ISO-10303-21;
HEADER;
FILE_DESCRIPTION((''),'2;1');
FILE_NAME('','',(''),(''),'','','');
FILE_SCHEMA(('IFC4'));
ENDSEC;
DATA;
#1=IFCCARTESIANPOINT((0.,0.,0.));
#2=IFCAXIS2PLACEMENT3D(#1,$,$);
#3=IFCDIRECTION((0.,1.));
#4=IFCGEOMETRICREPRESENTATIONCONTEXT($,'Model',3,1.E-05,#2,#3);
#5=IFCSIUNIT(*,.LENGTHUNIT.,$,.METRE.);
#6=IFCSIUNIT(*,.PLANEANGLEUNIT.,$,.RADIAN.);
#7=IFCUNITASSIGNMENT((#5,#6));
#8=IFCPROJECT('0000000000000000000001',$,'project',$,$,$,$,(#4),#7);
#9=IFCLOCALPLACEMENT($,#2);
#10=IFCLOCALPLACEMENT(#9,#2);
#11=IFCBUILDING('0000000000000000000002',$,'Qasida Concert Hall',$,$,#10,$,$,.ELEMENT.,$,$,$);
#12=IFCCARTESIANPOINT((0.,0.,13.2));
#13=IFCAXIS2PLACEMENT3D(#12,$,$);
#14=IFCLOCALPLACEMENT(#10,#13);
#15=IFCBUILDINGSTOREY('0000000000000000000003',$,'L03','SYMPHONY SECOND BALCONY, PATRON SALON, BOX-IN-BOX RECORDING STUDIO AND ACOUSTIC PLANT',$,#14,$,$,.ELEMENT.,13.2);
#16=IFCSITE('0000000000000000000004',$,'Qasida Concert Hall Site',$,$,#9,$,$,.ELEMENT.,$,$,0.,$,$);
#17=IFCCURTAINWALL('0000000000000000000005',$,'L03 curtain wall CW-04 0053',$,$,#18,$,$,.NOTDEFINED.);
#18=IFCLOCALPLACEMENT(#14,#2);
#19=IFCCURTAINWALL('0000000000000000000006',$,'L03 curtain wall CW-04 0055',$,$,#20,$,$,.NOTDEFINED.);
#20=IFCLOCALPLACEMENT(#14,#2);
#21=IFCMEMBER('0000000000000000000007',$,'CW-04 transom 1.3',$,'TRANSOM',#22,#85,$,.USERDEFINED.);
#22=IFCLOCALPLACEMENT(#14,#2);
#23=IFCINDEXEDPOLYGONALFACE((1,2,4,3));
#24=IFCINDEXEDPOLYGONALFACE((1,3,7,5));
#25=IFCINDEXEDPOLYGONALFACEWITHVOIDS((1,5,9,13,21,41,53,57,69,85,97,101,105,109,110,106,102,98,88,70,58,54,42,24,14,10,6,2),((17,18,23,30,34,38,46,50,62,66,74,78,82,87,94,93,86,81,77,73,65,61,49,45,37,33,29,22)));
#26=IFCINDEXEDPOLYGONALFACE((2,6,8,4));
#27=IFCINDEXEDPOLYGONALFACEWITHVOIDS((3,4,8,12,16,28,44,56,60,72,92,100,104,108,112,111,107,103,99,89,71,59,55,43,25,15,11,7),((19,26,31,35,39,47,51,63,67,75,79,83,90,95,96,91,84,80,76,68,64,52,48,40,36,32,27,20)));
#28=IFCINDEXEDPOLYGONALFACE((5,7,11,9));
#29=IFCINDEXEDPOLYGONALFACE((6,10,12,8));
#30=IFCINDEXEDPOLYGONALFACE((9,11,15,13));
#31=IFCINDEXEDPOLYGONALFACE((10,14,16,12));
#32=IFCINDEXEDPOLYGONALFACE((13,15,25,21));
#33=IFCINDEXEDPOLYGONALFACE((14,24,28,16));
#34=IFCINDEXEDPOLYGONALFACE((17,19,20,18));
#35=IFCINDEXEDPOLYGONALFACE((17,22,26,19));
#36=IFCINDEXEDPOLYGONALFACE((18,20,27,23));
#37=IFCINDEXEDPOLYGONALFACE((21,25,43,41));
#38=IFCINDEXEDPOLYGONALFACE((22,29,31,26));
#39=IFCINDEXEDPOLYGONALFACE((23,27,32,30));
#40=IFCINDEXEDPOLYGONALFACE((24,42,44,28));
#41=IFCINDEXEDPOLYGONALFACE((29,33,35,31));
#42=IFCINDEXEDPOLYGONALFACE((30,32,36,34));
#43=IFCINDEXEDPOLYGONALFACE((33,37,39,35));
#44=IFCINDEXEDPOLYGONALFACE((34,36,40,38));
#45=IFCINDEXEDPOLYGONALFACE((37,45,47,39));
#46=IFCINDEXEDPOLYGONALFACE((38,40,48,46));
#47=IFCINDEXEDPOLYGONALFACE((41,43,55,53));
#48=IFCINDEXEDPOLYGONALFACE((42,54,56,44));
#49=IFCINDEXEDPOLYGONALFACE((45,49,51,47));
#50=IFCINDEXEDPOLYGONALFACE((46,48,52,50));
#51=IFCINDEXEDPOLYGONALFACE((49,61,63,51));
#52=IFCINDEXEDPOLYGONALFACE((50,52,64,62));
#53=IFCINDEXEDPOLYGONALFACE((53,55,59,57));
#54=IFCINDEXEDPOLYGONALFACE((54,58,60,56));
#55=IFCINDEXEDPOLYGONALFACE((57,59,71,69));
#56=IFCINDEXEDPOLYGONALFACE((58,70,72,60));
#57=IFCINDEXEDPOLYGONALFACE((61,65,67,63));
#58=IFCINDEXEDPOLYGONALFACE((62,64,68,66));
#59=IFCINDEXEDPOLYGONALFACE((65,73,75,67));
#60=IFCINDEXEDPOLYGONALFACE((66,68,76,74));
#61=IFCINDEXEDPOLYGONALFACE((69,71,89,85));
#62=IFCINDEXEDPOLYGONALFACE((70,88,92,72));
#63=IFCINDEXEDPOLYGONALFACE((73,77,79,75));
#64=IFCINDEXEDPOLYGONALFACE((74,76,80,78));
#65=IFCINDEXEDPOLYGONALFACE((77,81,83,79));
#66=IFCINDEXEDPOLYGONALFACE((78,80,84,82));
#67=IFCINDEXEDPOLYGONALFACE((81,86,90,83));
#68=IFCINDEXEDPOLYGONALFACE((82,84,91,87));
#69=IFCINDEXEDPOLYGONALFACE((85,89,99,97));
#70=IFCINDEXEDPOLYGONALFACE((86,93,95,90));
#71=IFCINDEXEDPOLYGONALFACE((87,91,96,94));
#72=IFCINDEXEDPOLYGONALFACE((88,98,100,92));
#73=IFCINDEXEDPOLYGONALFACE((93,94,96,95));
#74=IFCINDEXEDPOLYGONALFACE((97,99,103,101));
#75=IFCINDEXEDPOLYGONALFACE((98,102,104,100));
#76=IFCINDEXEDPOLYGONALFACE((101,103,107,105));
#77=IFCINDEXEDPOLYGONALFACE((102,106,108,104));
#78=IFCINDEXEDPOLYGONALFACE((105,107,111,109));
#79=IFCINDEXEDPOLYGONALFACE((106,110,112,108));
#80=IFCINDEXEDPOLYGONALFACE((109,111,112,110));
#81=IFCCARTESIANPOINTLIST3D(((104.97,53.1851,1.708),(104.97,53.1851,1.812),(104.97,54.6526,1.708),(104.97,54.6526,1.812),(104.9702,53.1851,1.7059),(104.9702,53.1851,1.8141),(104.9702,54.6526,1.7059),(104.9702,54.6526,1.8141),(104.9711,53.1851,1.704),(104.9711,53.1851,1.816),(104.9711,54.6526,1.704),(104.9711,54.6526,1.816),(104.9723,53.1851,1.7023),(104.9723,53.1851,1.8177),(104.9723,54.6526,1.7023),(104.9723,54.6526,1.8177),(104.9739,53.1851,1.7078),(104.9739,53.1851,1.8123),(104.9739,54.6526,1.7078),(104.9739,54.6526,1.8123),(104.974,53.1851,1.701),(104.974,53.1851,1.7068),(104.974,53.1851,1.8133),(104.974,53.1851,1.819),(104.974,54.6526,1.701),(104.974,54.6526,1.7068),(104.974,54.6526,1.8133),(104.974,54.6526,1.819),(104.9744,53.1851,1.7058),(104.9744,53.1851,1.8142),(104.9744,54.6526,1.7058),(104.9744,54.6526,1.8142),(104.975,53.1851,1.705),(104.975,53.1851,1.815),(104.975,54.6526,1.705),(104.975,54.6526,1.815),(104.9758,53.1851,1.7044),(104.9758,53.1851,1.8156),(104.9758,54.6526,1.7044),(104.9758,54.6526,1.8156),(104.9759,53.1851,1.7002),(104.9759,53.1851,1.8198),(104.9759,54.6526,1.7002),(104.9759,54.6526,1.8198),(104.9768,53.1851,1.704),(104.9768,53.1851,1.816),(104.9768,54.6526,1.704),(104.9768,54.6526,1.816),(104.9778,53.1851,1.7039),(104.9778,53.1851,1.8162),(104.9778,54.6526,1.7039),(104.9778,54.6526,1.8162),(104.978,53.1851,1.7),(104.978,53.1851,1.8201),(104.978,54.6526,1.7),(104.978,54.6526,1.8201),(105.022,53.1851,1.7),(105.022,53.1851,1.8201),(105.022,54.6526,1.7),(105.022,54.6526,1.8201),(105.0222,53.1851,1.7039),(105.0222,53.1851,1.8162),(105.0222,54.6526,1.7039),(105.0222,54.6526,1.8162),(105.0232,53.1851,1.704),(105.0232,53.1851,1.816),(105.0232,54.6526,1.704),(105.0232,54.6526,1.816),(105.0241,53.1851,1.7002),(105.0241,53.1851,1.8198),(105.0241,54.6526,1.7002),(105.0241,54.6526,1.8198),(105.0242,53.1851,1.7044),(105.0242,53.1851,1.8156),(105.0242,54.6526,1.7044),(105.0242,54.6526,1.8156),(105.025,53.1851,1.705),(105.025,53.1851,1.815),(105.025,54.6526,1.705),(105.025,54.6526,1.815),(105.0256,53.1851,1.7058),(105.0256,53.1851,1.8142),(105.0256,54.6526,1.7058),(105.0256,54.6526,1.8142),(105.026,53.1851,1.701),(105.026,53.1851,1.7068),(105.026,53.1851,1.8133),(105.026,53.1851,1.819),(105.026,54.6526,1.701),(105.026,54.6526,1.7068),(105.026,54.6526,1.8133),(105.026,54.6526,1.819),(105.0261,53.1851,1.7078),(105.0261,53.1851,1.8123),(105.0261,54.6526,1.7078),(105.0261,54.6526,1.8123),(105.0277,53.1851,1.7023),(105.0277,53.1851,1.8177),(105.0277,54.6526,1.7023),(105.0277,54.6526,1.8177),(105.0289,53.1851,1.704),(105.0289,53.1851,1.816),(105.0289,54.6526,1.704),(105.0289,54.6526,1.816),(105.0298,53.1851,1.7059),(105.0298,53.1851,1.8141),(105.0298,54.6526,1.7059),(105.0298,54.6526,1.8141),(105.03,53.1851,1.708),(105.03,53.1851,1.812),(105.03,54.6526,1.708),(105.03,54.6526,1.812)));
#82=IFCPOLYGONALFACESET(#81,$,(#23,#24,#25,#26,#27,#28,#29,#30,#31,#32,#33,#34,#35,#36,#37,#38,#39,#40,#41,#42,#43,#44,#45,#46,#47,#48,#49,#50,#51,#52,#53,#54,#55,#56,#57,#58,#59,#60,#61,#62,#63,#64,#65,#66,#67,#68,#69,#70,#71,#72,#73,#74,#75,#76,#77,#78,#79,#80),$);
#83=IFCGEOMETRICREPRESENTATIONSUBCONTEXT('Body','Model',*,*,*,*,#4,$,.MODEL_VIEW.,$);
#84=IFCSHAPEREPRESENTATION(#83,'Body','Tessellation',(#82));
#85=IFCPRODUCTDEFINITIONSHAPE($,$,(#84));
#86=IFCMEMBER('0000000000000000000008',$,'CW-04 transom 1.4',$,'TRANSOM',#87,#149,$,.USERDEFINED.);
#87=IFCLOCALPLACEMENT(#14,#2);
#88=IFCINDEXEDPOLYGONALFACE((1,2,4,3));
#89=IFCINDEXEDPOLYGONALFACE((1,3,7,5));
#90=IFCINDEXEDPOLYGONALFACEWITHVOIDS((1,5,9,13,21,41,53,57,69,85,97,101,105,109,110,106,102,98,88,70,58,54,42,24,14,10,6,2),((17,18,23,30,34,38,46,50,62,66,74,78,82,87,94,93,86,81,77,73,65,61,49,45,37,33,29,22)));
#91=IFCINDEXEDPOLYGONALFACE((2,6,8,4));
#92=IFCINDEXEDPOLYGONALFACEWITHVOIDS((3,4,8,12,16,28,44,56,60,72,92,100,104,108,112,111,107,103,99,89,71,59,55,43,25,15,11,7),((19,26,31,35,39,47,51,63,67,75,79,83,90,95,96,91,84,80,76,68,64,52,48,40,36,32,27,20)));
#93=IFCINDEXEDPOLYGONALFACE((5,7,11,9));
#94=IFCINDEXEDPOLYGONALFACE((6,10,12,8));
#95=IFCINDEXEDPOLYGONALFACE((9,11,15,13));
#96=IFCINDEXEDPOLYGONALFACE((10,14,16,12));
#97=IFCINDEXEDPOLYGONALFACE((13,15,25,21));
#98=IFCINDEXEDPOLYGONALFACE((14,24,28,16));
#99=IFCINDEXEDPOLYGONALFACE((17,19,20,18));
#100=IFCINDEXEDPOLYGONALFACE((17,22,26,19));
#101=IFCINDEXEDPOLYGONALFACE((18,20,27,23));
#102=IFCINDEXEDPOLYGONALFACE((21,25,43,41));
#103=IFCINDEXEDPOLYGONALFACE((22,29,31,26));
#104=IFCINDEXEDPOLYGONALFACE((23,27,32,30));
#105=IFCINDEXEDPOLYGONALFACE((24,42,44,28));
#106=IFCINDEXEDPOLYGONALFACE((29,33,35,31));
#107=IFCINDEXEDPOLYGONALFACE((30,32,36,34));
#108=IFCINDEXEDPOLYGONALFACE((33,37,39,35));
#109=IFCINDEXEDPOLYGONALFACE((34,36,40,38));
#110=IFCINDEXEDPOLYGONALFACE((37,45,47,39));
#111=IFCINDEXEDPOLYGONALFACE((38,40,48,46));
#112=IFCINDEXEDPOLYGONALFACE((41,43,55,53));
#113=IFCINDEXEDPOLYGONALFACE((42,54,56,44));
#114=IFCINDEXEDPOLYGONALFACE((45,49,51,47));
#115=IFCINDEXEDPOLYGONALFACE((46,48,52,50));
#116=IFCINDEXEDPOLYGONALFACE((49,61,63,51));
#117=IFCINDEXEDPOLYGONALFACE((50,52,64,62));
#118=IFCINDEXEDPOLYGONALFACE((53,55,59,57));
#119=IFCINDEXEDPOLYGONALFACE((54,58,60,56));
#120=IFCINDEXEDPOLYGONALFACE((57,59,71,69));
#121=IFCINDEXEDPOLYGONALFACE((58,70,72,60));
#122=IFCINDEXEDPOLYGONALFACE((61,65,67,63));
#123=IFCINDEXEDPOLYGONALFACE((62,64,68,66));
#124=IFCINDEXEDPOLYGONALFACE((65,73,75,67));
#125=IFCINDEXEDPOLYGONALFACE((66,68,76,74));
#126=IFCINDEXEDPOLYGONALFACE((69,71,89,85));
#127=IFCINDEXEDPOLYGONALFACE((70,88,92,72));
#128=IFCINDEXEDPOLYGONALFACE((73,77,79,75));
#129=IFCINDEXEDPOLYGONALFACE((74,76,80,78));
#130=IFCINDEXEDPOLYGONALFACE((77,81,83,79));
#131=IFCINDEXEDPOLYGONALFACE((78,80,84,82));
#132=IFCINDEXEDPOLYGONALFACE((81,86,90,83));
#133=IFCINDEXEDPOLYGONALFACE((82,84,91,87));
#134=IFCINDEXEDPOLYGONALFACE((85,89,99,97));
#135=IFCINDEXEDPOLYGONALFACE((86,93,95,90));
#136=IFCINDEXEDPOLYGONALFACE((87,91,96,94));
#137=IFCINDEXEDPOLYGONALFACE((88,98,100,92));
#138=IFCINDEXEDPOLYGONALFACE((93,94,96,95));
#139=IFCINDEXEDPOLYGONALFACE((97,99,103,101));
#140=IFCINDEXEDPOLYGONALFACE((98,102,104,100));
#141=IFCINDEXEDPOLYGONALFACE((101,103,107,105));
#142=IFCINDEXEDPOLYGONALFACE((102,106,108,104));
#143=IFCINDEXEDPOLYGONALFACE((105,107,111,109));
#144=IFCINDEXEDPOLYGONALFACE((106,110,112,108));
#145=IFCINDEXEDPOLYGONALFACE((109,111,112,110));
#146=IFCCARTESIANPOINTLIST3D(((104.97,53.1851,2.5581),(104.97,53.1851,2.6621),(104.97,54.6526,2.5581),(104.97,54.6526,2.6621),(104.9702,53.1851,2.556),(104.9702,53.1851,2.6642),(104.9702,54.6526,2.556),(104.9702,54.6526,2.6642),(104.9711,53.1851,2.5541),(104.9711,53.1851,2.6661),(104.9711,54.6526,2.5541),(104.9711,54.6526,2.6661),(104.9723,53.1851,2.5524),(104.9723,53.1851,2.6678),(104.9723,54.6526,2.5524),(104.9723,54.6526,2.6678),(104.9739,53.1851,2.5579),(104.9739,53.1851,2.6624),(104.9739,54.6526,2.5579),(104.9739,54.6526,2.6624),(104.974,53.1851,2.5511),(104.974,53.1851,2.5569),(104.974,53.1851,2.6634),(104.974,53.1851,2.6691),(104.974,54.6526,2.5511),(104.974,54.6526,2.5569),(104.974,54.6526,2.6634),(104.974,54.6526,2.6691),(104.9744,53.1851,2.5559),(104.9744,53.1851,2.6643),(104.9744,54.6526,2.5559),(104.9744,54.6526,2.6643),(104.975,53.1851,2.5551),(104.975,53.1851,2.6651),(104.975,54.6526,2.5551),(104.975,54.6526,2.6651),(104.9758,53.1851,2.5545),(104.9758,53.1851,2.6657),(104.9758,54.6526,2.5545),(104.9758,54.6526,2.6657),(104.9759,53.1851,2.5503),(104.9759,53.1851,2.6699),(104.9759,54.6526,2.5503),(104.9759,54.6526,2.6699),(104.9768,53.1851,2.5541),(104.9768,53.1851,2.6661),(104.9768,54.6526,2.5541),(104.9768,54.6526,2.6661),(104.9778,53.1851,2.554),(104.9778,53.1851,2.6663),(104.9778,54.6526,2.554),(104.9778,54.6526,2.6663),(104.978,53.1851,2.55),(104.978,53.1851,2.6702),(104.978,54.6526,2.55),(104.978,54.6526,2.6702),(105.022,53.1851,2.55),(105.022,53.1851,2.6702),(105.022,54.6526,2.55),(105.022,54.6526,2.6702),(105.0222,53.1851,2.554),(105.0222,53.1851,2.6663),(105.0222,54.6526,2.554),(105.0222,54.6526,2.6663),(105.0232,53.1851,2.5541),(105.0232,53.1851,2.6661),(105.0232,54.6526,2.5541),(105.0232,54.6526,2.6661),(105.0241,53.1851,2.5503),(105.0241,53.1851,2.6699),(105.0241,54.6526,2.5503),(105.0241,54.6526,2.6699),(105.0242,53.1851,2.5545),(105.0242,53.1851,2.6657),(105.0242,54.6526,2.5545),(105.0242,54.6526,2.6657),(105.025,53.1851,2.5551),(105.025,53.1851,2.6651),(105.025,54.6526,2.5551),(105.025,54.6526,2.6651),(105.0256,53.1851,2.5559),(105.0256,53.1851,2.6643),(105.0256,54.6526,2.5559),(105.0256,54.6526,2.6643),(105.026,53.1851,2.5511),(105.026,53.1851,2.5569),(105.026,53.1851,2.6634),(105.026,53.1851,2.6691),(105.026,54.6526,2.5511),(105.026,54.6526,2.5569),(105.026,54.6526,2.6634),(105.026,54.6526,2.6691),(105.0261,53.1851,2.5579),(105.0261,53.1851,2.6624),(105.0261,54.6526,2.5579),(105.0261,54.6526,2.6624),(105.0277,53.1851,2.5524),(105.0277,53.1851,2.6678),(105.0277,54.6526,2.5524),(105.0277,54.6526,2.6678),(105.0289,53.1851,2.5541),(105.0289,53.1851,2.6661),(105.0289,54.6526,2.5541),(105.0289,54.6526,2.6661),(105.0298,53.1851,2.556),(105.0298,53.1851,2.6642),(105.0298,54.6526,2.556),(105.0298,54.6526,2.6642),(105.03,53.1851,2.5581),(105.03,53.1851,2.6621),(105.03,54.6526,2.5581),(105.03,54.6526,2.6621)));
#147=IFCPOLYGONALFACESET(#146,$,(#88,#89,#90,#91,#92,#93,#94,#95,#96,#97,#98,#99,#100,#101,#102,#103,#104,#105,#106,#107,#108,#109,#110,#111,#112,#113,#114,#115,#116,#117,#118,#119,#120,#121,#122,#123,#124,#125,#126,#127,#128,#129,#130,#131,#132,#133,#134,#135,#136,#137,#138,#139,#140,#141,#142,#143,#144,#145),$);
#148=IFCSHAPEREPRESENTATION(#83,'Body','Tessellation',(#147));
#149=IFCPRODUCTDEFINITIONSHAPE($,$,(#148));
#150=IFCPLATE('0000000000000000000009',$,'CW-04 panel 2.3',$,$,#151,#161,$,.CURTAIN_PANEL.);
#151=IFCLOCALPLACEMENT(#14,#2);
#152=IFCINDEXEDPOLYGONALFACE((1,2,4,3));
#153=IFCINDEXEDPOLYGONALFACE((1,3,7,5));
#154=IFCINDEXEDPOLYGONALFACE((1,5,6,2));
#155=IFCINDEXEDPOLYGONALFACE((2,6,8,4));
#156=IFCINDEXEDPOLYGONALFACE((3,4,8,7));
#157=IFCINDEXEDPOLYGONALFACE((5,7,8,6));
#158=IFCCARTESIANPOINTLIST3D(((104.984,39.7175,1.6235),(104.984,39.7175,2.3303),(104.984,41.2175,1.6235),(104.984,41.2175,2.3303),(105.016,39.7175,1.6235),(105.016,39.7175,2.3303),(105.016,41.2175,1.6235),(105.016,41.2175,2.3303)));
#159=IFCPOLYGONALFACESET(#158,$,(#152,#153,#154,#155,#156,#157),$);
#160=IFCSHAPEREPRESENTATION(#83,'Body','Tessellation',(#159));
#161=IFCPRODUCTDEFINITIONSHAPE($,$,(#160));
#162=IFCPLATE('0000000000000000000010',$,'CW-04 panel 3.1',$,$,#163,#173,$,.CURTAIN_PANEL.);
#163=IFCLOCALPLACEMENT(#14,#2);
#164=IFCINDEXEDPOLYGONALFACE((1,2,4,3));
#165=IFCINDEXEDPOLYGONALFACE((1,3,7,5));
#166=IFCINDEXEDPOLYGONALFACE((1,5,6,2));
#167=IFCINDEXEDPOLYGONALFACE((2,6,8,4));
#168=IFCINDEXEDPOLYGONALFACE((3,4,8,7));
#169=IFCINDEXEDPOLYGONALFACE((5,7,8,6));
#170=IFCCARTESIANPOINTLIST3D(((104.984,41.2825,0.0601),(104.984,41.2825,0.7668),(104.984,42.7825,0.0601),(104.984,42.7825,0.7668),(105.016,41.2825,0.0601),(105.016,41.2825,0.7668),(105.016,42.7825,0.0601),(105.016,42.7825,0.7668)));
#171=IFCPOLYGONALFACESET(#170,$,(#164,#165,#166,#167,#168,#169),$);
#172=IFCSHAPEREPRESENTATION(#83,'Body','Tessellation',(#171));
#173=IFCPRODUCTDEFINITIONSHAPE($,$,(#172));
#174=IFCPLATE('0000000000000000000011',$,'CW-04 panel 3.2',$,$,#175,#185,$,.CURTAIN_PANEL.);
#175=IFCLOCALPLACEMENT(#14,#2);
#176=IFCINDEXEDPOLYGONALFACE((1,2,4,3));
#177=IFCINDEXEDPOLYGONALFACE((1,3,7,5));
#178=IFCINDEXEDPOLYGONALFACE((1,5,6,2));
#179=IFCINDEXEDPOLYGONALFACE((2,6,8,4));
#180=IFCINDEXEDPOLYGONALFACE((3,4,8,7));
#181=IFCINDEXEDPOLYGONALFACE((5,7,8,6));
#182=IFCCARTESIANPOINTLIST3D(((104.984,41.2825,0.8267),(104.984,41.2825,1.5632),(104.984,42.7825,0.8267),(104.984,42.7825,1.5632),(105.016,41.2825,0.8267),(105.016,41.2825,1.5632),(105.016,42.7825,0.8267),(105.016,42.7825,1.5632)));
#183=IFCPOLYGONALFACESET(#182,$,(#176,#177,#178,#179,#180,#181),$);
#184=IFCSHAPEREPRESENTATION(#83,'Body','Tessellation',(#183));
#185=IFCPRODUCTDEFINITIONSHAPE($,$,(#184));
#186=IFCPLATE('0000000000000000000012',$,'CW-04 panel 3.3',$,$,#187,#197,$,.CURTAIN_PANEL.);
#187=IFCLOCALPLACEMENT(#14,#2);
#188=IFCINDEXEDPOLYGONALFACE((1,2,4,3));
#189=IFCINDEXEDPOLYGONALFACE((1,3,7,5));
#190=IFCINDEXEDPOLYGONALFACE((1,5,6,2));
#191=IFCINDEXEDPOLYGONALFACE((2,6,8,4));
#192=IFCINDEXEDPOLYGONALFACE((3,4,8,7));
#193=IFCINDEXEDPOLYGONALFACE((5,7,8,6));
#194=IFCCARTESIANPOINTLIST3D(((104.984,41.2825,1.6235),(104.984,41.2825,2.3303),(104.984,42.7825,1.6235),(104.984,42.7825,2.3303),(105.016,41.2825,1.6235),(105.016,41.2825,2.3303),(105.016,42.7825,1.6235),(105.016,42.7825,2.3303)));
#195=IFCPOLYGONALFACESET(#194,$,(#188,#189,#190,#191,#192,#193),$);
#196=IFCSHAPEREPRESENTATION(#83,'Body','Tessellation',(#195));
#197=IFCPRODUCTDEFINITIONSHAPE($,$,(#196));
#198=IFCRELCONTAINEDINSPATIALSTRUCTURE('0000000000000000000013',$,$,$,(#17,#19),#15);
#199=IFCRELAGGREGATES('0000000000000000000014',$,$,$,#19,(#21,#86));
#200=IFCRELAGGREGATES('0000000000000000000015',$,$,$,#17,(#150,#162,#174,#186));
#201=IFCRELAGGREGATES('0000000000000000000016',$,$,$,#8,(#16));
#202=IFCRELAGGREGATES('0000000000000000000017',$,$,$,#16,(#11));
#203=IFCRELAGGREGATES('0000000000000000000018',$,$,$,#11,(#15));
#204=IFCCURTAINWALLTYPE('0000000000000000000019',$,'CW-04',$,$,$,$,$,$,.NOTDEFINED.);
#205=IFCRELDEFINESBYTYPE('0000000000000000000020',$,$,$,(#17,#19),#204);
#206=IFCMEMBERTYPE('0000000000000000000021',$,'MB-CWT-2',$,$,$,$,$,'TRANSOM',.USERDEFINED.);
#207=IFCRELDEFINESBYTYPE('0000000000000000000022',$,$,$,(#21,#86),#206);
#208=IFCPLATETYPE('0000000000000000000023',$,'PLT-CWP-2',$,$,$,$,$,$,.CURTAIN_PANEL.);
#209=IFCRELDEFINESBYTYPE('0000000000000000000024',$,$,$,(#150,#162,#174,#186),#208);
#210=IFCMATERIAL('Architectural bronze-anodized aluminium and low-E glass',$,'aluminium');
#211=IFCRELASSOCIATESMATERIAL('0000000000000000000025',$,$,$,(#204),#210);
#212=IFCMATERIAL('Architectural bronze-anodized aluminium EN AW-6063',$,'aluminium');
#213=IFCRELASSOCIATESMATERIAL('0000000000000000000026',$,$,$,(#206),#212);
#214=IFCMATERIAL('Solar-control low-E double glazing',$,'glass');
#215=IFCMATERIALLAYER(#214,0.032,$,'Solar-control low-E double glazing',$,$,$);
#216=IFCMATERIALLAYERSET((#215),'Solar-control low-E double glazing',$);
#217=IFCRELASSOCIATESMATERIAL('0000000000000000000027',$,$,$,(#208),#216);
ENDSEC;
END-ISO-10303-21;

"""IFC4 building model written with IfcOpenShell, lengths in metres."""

from ifc_helpers import new_model, si_unit, direction, frame, origin, origin_2d, place, context, subcontext, project, spatial, rectangle, hollow_rectangle, extrude, material, layer, layer_set, material_profile, profile_set, type_object, element, aggregate, save


model = new_model("IFC4")

# Units and contexts
model_context = context("Model", 3, precision=1e-05, world=origin(), true_north=direction((0.0, 1.0)))
body_context = subcontext(model_context, "Body", "Model", "MODEL_VIEW")
ifc_project = project(units=[si_unit("LENGTHUNIT", "METRE"), si_unit("PLANEANGLEUNIT", "RADIAN")], contexts=[model_context])

# Site, building, storey
site_placement = place(None, origin())
site = spatial("IfcSite", under=ifc_project, at=site_placement, Name="Qasida Concert Hall Site", CompositionType="ELEMENT", RefElevation=0.0)
building_placement = place(site_placement, origin())
building = spatial("IfcBuilding", under=site, at=building_placement, Name="Qasida Concert Hall", CompositionType="ELEMENT")
storey_placement = place(building_placement, frame((0.0, 0.0, 13.2)))
storey = spatial("IfcBuildingStorey", under=building, at=storey_placement, Name="L03", Description="SYMPHONY SECOND BALCONY, PATRON SALON, BOX-IN-BOX RECORDING STUDIO AND ACOUSTIC PLANT", CompositionType="ELEMENT", Elevation=13.2)

# Curtain wall
ifc_material_1 = material(Name="Architectural bronze-anodized aluminium and low-E glass", Category="aluminium")
curtain_wall_type = type_object("IfcCurtainWallType", Name="CW-04", PredefinedType="NOTDEFINED", material=ifc_material_1)
curtain_wall_1_placement = place(storey_placement, origin())
curtain_wall_1 = element("IfcCurtainWall", 1, at=curtain_wall_1_placement, inside=storey, type_object=curtain_wall_type, Name="L03 curtain wall CW-04 0053", PredefinedType="NOTDEFINED")
ifc_material_2 = material(Name="Architectural bronze-anodized aluminium EN AW-6063", Category="aluminium")

# Curtain wall
curtain_wall_2_placement = place(storey_placement, origin())
curtain_wall_2 = element("IfcCurtainWall", 2, at=curtain_wall_2_placement, inside=storey, type_object=curtain_wall_type, Name="L03 curtain wall CW-04 0055", PredefinedType="NOTDEFINED")

# Members
ifc_material_profile_1 = material_profile(ifc_material_2, hollow_rectangle(XDim=0.0601, YDim=0.1201, WallThickness=0.0039, InnerFilletRadius=0.0039, OuterFilletRadius=0.0081, at=origin_2d()), Name="CWT 120x60x4")
ifc_profile_set_1 = profile_set([ifc_material_profile_1], Name="Architectural bronze-anodized aluminium EN AW-6063")
member_type_1 = type_object("IfcMemberType", Name="MB-CWT-2", ElementType="TRANSOM", PredefinedType="USERDEFINED", material=ifc_profile_set_1)
member_1_placement = place(storey_placement, frame((105.0, 53.1851, 1.76), z_axis=(0.0, 1.0, 0.0), x_axis=(-1.0, 0.0, 0.0)))
member_1 = element("IfcMember", 3, at=member_1_placement, type_object=member_type_1, Name="CW-04 transom 1.3", ObjectType="TRANSOM", PredefinedType="USERDEFINED", context=body_context, shape_type="SweptSolid", body=[
    extrude(hollow_rectangle(XDim=0.0601, YDim=0.1201, WallThickness=0.0039, InnerFilletRadius=0.0039, OuterFilletRadius=0.0081, at=origin_2d()), origin(), (0.0, 0.0, 1.0), 1.4675),
])
member_2_placement = place(storey_placement, frame((105.0, 53.1851, 2.6101), z_axis=(0.0, 1.0, 0.0), x_axis=(-1.0, 0.0, 0.0)))
member_2 = element("IfcMember", 4, at=member_2_placement, type_object=member_type_1, Name="CW-04 transom 1.4", ObjectType="TRANSOM", PredefinedType="USERDEFINED", context=body_context, shape_type="SweptSolid", body=[
    extrude(hollow_rectangle(XDim=0.0601, YDim=0.1201, WallThickness=0.0039, InnerFilletRadius=0.0039, OuterFilletRadius=0.0081, at=origin_2d()), origin(), (0.0, 0.0, 1.0), 1.4675),
])
aggregate(curtain_wall_2, [member_1, member_2])

# Plates
ifc_material_3 = material(Name="Solar-control low-E double glazing", Category="glass")
ifc_layer_1 = layer(ifc_material_3, 0.032, Name="Solar-control low-E double glazing")
ifc_layer_set_1 = layer_set([ifc_layer_1], Name="Solar-control low-E double glazing")
plate_type = type_object("IfcPlateType", Name="PLT-CWP-2", PredefinedType="CURTAIN_PANEL", material=ifc_layer_set_1)
plate_1_placement = place(storey_placement, frame((105.0, 40.4675, 1.6235), z_axis=(0.0, 0.0, 1.0), x_axis=(0.0, 1.0, 0.0)))
plate_1 = element("IfcPlate", 5, at=plate_1_placement, type_object=plate_type, Name="CW-04 panel 2.3", PredefinedType="CURTAIN_PANEL", context=body_context, shape_type="SweptSolid", body=[
    extrude(rectangle(XDim=1.5, YDim=0.032, at=origin_2d()), origin(), (0.0, 0.0, 1.0), 0.7068),
])
plate_2_placement = place(storey_placement, frame((105.0, 42.0325, 0.0601), z_axis=(0.0, 0.0, 1.0), x_axis=(0.0, 1.0, 0.0)))
plate_2 = element("IfcPlate", 6, at=plate_2_placement, type_object=plate_type, Name="CW-04 panel 3.1", PredefinedType="CURTAIN_PANEL", context=body_context, shape_type="SweptSolid", body=[
    extrude(rectangle(XDim=1.5, YDim=0.032, at=origin_2d()), origin(), (0.0, 0.0, 1.0), 0.7068),
])
plate_3_placement = place(storey_placement, frame((105.0, 42.0325, 0.8267), z_axis=(0.0, 0.0, 1.0), x_axis=(0.0, 1.0, 0.0)))
plate_3 = element("IfcPlate", 7, at=plate_3_placement, type_object=plate_type, Name="CW-04 panel 3.2", PredefinedType="CURTAIN_PANEL", context=body_context, shape_type="SweptSolid", body=[
    extrude(rectangle(XDim=1.5, YDim=0.032, at=origin_2d()), origin(), (0.0, 0.0, 1.0), 0.7366),
])
plate_4_placement = place(storey_placement, frame((105.0, 42.0325, 1.6235), z_axis=(0.0, 0.0, 1.0), x_axis=(0.0, 1.0, 0.0)))
plate_4 = element("IfcPlate", 8, at=plate_4_placement, type_object=plate_type, Name="CW-04 panel 3.3", PredefinedType="CURTAIN_PANEL", context=body_context, shape_type="SweptSolid", body=[
    extrude(rectangle(XDim=1.5, YDim=0.032, at=origin_2d()), origin(), (0.0, 0.0, 1.0), 0.7068),
])
aggregate(curtain_wall_1, [plate_1, plate_2, plate_3, plate_4])

save(model, "model.ifc")
